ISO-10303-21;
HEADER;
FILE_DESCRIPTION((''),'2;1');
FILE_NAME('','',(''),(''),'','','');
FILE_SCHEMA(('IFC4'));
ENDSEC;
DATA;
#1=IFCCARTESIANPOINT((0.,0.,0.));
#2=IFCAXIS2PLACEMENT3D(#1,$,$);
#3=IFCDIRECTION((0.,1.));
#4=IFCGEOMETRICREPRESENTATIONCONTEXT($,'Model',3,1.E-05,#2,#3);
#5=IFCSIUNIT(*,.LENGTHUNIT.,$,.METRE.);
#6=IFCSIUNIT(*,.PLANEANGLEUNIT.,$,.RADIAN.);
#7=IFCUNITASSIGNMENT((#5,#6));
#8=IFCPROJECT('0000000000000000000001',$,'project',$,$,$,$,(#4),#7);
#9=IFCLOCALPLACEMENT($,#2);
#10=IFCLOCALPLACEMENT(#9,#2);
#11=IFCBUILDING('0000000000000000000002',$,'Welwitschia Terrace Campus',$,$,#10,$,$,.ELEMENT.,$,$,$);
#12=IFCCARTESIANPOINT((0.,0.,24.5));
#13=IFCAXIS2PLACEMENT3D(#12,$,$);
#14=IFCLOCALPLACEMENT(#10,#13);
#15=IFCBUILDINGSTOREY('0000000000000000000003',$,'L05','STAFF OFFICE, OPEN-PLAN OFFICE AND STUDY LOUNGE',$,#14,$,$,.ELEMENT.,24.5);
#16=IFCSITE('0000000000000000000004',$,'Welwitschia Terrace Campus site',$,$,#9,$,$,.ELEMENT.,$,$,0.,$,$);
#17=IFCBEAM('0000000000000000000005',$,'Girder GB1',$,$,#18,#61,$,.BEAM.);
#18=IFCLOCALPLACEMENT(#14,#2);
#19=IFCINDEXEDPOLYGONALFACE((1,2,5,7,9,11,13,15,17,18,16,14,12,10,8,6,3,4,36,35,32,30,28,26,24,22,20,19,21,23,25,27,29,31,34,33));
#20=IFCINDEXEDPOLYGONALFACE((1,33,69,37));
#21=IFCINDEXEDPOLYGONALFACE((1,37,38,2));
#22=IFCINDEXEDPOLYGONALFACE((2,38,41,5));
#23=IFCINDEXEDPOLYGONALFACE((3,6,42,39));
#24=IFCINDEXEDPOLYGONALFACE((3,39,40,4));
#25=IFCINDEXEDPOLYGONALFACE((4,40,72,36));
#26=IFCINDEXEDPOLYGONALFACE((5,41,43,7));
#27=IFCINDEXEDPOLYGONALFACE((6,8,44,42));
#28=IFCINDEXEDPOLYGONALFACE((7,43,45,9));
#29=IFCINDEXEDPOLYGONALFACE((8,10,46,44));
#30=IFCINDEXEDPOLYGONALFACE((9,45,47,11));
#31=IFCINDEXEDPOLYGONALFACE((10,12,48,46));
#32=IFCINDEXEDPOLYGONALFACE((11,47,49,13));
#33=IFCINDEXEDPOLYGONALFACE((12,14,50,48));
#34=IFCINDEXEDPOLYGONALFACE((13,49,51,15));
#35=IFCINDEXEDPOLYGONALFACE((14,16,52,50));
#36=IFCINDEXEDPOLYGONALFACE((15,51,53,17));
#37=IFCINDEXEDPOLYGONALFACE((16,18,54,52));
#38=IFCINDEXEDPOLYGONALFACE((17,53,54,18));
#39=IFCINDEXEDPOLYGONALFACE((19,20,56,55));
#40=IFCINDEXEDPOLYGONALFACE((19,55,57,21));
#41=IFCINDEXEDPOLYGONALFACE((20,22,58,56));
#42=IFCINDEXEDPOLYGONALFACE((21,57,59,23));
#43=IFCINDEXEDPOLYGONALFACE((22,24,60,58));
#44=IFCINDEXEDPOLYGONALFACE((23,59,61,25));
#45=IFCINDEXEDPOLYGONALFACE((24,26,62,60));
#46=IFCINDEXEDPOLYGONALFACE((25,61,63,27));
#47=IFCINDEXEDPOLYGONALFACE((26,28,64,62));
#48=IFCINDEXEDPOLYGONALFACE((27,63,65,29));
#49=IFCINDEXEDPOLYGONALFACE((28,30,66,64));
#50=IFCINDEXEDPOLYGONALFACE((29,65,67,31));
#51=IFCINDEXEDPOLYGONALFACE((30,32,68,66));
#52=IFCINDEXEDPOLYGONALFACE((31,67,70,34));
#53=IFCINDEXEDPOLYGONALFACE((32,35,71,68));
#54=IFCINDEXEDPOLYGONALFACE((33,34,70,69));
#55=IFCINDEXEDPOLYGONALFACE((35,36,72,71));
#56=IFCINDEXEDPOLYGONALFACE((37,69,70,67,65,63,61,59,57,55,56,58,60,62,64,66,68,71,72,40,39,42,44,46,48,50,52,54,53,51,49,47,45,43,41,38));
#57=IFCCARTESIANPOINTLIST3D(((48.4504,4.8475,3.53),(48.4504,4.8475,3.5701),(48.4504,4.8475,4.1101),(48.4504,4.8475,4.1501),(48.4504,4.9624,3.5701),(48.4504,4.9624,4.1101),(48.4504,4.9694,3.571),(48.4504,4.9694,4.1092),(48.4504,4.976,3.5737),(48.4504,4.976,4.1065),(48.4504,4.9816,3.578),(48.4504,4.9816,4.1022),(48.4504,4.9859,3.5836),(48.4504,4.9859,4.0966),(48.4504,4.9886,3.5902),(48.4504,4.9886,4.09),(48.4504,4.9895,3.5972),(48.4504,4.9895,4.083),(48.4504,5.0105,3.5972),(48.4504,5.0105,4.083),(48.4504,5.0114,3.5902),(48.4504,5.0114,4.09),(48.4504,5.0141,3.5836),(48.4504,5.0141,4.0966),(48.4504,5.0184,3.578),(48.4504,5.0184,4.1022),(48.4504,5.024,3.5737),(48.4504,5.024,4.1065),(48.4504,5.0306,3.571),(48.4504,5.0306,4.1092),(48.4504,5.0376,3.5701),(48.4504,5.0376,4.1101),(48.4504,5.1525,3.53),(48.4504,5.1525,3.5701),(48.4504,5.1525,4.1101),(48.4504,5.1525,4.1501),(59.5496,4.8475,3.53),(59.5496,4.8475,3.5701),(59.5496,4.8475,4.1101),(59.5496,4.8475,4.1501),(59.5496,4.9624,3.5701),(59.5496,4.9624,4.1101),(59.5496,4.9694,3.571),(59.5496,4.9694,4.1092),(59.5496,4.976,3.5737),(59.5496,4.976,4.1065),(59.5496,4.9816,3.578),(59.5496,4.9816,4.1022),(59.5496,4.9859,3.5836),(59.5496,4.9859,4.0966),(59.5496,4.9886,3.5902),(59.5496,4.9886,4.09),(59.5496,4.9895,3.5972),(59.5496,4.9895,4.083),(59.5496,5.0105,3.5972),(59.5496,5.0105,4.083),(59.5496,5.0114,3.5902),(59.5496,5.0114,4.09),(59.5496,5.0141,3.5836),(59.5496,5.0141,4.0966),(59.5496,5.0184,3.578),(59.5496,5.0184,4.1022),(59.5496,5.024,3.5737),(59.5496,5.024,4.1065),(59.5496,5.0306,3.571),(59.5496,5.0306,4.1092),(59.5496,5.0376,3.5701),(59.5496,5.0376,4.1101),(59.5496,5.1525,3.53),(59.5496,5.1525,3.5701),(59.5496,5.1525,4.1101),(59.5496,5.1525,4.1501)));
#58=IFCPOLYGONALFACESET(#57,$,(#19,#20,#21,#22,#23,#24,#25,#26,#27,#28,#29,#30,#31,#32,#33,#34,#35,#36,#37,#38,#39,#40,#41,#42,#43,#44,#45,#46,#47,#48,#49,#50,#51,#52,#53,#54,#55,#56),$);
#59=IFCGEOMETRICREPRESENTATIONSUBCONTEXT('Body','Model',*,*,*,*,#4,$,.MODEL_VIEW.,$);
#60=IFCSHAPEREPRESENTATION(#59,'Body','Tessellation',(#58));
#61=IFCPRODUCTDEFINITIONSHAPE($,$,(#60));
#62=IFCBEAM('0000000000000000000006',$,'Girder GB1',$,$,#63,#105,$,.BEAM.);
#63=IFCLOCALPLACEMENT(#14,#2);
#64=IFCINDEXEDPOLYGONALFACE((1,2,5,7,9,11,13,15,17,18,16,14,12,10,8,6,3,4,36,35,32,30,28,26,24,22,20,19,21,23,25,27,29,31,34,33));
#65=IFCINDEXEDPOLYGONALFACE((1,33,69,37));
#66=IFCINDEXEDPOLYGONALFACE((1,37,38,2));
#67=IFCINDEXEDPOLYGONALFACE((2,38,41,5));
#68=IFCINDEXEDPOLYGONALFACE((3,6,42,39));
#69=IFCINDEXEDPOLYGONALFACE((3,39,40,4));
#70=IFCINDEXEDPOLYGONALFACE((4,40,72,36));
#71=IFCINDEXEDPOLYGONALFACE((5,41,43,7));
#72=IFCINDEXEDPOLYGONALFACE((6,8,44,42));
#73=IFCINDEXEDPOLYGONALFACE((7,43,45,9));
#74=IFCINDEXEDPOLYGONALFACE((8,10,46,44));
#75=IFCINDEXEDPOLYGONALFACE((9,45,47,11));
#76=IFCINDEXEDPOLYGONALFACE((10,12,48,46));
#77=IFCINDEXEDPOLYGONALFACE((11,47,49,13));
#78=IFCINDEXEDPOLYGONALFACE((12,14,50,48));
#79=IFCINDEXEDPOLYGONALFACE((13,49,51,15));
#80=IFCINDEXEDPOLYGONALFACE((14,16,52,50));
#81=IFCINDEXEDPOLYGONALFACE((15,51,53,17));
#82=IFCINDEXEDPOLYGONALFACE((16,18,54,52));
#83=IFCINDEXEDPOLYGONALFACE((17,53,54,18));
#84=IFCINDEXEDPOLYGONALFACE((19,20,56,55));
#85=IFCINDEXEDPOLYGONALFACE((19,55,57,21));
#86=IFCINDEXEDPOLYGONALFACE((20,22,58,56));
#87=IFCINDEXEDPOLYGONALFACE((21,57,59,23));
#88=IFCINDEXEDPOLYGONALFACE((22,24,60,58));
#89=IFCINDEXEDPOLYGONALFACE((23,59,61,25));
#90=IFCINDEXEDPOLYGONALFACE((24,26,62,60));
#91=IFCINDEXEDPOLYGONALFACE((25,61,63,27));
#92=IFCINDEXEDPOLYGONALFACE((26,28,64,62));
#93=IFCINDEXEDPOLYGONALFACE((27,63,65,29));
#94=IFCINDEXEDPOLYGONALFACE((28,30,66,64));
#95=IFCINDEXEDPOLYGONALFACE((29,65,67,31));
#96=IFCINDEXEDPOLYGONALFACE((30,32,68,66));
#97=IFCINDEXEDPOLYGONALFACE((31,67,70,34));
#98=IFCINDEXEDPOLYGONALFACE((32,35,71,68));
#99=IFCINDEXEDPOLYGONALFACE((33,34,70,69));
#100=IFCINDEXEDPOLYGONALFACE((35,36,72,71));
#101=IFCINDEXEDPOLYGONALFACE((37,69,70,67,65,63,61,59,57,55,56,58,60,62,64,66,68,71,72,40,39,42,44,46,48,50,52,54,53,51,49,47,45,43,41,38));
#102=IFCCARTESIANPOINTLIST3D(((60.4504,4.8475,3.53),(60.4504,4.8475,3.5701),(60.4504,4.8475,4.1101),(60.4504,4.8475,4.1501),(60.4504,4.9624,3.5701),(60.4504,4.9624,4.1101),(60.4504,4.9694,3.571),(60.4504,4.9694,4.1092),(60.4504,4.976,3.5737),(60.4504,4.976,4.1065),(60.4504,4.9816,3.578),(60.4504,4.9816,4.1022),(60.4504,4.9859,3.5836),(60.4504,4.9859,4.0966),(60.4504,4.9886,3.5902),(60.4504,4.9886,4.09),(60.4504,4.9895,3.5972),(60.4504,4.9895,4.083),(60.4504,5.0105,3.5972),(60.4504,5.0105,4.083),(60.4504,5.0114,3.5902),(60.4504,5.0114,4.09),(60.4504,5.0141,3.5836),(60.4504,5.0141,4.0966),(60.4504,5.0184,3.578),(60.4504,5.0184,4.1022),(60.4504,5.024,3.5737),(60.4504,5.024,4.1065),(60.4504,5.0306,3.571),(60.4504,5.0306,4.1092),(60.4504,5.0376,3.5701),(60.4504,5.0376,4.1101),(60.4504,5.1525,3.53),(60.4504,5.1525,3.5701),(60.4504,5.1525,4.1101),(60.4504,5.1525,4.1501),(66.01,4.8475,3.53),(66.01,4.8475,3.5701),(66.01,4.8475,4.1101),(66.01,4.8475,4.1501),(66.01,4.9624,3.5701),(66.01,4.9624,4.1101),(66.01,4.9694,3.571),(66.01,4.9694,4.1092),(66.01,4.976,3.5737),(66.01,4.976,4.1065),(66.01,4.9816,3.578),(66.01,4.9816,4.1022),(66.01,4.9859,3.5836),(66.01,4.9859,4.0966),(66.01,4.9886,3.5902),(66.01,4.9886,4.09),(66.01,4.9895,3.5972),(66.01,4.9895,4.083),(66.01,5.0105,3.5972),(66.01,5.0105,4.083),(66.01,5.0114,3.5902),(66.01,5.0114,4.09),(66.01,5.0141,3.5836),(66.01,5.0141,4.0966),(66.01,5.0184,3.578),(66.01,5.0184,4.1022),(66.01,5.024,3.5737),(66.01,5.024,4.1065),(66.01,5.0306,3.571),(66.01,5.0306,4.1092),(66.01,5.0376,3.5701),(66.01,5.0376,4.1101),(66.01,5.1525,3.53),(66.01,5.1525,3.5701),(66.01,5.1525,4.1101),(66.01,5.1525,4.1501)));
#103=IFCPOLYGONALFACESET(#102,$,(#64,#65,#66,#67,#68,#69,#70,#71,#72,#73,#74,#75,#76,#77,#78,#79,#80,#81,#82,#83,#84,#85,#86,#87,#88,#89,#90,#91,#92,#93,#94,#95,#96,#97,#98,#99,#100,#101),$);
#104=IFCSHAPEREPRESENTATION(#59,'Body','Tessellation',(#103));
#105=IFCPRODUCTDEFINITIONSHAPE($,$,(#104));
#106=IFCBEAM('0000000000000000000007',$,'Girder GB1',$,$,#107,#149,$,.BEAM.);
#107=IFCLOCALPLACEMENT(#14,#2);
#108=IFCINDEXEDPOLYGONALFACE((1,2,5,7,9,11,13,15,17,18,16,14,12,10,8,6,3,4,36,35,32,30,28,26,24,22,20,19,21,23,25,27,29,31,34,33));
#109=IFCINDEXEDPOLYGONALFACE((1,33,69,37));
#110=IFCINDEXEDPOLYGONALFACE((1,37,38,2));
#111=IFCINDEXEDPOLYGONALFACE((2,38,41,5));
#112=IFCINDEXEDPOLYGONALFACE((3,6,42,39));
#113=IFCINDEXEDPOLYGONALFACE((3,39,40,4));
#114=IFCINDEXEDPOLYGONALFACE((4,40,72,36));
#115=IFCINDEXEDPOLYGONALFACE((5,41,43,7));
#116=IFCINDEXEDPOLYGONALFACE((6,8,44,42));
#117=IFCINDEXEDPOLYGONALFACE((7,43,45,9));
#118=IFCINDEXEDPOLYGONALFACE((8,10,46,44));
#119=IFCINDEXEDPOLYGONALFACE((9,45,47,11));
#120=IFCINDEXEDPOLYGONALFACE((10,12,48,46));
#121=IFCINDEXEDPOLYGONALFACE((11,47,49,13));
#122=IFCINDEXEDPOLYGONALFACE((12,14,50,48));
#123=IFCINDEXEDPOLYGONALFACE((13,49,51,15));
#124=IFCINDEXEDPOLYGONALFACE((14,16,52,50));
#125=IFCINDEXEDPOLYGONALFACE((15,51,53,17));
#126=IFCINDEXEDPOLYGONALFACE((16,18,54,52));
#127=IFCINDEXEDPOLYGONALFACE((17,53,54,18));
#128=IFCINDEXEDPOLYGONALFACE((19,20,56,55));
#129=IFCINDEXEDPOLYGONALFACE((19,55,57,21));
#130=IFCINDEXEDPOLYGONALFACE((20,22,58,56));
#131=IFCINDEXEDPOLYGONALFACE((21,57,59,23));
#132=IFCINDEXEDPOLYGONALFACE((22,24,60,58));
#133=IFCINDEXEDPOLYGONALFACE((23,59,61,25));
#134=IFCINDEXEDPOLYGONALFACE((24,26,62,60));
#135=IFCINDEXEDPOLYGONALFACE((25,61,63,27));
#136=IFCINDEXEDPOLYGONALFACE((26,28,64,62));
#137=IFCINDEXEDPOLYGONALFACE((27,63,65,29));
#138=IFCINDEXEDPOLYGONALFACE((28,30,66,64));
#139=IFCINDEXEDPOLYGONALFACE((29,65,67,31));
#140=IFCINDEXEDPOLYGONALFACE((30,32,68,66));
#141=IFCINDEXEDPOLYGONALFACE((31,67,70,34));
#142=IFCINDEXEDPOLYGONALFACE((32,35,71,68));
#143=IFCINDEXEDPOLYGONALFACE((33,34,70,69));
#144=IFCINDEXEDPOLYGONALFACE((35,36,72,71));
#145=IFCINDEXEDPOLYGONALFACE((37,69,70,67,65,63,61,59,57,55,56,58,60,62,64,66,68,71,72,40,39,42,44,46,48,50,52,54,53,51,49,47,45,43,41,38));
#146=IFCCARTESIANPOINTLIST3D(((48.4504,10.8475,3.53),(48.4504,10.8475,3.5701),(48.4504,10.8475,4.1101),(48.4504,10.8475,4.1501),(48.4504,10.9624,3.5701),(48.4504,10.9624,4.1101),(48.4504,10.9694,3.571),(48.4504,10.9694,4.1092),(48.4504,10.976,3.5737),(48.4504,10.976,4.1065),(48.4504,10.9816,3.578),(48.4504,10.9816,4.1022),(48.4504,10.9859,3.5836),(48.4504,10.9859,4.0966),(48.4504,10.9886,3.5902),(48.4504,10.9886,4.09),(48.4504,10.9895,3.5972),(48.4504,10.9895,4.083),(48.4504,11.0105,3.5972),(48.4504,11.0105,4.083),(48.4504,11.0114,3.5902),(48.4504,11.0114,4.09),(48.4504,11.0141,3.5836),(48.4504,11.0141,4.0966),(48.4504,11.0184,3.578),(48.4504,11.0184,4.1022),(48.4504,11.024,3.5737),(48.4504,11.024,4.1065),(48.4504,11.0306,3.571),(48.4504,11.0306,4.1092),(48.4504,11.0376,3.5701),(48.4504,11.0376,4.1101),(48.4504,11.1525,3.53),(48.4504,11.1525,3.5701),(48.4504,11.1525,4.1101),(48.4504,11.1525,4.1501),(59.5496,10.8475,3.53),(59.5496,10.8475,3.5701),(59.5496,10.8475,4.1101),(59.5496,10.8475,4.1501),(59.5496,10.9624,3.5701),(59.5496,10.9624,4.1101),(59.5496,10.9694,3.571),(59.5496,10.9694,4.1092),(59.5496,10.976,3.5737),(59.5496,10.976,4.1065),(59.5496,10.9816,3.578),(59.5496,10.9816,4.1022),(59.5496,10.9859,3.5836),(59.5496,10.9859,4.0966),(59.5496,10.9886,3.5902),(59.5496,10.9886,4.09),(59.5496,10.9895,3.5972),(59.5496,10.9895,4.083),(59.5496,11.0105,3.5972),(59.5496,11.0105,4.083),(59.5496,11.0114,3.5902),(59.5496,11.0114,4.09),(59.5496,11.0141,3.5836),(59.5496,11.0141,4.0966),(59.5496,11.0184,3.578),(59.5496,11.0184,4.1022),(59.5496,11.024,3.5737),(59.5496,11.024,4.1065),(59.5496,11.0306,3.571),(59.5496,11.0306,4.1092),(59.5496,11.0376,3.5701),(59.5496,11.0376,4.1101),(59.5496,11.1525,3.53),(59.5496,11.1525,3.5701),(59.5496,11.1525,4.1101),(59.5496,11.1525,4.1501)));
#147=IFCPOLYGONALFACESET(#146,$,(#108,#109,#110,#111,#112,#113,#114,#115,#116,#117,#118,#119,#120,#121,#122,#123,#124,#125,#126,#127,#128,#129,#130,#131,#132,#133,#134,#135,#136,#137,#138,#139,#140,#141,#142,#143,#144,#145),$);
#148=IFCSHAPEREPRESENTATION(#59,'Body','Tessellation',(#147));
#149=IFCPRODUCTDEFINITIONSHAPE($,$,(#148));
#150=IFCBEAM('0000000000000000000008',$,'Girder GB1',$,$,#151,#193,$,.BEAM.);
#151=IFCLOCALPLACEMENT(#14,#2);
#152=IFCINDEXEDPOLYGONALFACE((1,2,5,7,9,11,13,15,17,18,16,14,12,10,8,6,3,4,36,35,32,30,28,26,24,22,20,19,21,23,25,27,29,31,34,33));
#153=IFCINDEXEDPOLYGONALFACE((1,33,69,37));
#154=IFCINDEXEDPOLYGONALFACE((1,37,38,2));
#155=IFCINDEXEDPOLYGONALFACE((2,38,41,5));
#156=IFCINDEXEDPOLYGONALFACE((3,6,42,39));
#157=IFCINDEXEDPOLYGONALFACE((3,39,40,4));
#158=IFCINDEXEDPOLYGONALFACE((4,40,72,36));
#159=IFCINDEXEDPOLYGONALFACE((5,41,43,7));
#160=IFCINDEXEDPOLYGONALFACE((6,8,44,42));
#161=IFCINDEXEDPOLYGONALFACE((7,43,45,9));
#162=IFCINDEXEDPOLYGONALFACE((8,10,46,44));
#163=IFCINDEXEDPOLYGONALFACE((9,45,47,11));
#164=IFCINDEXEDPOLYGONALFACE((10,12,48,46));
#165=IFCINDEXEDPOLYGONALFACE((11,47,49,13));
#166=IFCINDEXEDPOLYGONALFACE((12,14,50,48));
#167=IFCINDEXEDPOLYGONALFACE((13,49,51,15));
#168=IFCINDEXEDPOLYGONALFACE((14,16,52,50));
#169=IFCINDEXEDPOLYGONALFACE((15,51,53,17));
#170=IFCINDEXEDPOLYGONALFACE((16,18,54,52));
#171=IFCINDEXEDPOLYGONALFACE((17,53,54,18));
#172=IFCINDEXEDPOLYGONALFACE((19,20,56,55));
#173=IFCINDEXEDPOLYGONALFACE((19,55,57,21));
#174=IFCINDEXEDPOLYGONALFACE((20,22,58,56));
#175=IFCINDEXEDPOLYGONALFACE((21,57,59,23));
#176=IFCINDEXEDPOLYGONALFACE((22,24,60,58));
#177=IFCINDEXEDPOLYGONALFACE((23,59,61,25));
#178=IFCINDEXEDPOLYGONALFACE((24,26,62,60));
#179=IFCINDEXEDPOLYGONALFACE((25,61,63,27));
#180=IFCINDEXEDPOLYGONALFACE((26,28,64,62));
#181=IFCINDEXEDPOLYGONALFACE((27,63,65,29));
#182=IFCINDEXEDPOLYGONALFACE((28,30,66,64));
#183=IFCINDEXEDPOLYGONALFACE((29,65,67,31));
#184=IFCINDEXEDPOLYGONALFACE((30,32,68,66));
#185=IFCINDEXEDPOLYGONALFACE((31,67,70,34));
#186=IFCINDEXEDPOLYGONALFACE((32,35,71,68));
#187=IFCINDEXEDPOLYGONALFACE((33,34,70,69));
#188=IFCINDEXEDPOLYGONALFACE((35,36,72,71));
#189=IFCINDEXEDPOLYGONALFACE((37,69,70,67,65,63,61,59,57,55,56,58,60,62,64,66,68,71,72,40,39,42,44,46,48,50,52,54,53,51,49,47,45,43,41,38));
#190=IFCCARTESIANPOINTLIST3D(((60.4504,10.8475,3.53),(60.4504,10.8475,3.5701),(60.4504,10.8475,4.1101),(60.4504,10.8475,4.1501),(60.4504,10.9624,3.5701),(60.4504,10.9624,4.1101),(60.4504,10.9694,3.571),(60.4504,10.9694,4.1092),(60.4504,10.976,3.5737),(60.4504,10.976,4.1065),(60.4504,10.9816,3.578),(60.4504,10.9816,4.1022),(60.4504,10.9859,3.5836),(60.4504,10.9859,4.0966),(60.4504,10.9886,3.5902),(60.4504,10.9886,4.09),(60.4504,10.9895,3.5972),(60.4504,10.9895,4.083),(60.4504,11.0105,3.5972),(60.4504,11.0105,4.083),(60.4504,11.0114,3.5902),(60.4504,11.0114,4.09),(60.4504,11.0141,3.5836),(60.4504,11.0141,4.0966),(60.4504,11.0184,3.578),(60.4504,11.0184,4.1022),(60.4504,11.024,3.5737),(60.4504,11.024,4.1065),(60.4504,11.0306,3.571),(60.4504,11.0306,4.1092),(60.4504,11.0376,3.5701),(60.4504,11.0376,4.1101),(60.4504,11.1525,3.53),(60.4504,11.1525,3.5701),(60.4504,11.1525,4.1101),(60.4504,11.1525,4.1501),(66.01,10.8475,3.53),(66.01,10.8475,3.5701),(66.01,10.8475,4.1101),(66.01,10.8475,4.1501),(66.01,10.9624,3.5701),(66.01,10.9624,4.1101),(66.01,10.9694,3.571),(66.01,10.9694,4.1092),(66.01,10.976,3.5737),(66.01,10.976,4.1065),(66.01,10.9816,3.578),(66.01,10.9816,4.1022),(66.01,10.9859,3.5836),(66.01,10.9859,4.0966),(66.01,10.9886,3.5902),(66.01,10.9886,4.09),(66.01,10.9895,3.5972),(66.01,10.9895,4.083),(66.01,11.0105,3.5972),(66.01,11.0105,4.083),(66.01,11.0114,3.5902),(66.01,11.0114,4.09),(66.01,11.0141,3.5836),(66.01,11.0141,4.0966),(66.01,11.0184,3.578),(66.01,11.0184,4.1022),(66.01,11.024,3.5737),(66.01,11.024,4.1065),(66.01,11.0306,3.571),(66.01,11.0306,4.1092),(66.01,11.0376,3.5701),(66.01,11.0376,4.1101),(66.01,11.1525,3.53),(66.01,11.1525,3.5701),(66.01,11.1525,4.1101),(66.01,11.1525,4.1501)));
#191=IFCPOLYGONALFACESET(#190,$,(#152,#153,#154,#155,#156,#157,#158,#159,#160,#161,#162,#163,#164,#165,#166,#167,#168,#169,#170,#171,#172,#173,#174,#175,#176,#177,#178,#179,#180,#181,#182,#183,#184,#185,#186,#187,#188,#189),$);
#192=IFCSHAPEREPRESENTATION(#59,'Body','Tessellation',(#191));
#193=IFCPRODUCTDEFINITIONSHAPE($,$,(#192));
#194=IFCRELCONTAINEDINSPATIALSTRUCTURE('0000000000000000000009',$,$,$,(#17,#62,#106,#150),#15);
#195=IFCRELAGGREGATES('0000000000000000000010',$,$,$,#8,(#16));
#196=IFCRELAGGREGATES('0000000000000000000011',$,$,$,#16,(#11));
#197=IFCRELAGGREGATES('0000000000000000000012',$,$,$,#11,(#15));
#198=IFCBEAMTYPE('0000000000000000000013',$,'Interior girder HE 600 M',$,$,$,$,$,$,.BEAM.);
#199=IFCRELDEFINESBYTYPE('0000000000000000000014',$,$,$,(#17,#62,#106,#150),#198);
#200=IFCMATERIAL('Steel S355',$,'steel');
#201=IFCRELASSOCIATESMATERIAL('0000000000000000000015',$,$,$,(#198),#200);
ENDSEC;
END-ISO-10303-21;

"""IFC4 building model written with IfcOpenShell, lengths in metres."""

from ifc_helpers import new_model, si_unit, direction, frame, origin, origin_2d, place, context, subcontext, project, spatial, i_section, extrude, material, material_profile, profile_set, type_object, element, save


model = new_model("IFC4")

# Units and contexts
model_context = context("Model", 3, precision=1e-05, world=origin(), true_north=direction((0.0, 1.0)))
body_context = subcontext(model_context, "Body", "Model", "MODEL_VIEW")
ifc_project = project(units=[si_unit("LENGTHUNIT", "METRE"), si_unit("PLANEANGLEUNIT", "RADIAN")], contexts=[model_context])

# Site, building, storey
site_placement = place(None, origin())
site = spatial("IfcSite", under=ifc_project, at=site_placement, Name="Welwitschia Terrace Campus site", CompositionType="ELEMENT", RefElevation=0.0)
building_placement = place(site_placement, origin())
building = spatial("IfcBuilding", under=site, at=building_placement, Name="Welwitschia Terrace Campus", CompositionType="ELEMENT")
storey_placement = place(building_placement, frame((0.0, 0.0, 24.5)))
storey = spatial("IfcBuildingStorey", under=building, at=storey_placement, Name="L05", Description="STAFF OFFICE, OPEN-PLAN OFFICE AND STUDY LOUNGE", CompositionType="ELEMENT", Elevation=24.5)

# Beams
ifc_material_1 = material(Name="Steel S355", Category="steel")
ifc_material_profile_1 = material_profile(ifc_material_1, i_section(OverallWidth=0.3049, OverallDepth=0.6201, WebThickness=0.021, FlangeThickness=0.04, FilletRadius=0.0271, at=origin_2d()))
ifc_profile_set_1 = profile_set([ifc_material_profile_1], Name="Steel S355")
beam_type_1 = type_object("IfcBeamType", Name="Interior girder HE 600 M", PredefinedType="BEAM", material=ifc_profile_set_1)
beam_1_placement = place(storey_placement, frame((48.4504, 5.0, 3.8401), z_axis=(1.0, 0.0, 0.0), x_axis=(0.0, 1.0, 0.0)))
element("IfcBeam", 1, at=beam_1_placement, inside=storey, type_object=beam_type_1, Name="Girder GB1", PredefinedType="BEAM", context=body_context, shape_type="SweptSolid", body=[
    extrude(i_section(OverallWidth=0.3049, OverallDepth=0.6201, WebThickness=0.021, FlangeThickness=0.04, FilletRadius=0.0271, at=origin_2d()), origin(), (0.0, 0.0, 1.0), 11.0991),
])
beam_2_placement = place(storey_placement, frame((60.4504, 5.0, 3.8401), z_axis=(1.0, 0.0, 0.0), x_axis=(0.0, 1.0, 0.0)))
element("IfcBeam", 2, at=beam_2_placement, inside=storey, type_object=beam_type_1, Name="Girder GB1", PredefinedType="BEAM", context=body_context, shape_type="SweptSolid", body=[
    extrude(i_section(OverallWidth=0.3049, OverallDepth=0.6201, WebThickness=0.021, FlangeThickness=0.04, FilletRadius=0.0271, at=origin_2d()), origin(), (0.0, 0.0, 1.0), 5.5596),
])
beam_3_placement = place(storey_placement, frame((48.4504, 11.0, 3.8401), z_axis=(1.0, 0.0, 0.0), x_axis=(0.0, 1.0, 0.0)))
element("IfcBeam", 3, at=beam_3_placement, inside=storey, type_object=beam_type_1, Name="Girder GB1", PredefinedType="BEAM", context=body_context, shape_type="SweptSolid", body=[
    extrude(i_section(OverallWidth=0.3049, OverallDepth=0.6201, WebThickness=0.021, FlangeThickness=0.04, FilletRadius=0.0271, at=origin_2d()), origin(), (0.0, 0.0, 1.0), 11.0991),
])
beam_4_placement = place(storey_placement, frame((60.4504, 11.0, 3.8401), z_axis=(1.0, 0.0, 0.0), x_axis=(0.0, 1.0, 0.0)))
element("IfcBeam", 4, at=beam_4_placement, inside=storey, type_object=beam_type_1, Name="Girder GB1", PredefinedType="BEAM", context=body_context, shape_type="SweptSolid", body=[
    extrude(i_section(OverallWidth=0.3049, OverallDepth=0.6201, WebThickness=0.021, FlangeThickness=0.04, FilletRadius=0.0271, at=origin_2d()), origin(), (0.0, 0.0, 1.0), 5.5596),
])

save(model, "model.ifc")
